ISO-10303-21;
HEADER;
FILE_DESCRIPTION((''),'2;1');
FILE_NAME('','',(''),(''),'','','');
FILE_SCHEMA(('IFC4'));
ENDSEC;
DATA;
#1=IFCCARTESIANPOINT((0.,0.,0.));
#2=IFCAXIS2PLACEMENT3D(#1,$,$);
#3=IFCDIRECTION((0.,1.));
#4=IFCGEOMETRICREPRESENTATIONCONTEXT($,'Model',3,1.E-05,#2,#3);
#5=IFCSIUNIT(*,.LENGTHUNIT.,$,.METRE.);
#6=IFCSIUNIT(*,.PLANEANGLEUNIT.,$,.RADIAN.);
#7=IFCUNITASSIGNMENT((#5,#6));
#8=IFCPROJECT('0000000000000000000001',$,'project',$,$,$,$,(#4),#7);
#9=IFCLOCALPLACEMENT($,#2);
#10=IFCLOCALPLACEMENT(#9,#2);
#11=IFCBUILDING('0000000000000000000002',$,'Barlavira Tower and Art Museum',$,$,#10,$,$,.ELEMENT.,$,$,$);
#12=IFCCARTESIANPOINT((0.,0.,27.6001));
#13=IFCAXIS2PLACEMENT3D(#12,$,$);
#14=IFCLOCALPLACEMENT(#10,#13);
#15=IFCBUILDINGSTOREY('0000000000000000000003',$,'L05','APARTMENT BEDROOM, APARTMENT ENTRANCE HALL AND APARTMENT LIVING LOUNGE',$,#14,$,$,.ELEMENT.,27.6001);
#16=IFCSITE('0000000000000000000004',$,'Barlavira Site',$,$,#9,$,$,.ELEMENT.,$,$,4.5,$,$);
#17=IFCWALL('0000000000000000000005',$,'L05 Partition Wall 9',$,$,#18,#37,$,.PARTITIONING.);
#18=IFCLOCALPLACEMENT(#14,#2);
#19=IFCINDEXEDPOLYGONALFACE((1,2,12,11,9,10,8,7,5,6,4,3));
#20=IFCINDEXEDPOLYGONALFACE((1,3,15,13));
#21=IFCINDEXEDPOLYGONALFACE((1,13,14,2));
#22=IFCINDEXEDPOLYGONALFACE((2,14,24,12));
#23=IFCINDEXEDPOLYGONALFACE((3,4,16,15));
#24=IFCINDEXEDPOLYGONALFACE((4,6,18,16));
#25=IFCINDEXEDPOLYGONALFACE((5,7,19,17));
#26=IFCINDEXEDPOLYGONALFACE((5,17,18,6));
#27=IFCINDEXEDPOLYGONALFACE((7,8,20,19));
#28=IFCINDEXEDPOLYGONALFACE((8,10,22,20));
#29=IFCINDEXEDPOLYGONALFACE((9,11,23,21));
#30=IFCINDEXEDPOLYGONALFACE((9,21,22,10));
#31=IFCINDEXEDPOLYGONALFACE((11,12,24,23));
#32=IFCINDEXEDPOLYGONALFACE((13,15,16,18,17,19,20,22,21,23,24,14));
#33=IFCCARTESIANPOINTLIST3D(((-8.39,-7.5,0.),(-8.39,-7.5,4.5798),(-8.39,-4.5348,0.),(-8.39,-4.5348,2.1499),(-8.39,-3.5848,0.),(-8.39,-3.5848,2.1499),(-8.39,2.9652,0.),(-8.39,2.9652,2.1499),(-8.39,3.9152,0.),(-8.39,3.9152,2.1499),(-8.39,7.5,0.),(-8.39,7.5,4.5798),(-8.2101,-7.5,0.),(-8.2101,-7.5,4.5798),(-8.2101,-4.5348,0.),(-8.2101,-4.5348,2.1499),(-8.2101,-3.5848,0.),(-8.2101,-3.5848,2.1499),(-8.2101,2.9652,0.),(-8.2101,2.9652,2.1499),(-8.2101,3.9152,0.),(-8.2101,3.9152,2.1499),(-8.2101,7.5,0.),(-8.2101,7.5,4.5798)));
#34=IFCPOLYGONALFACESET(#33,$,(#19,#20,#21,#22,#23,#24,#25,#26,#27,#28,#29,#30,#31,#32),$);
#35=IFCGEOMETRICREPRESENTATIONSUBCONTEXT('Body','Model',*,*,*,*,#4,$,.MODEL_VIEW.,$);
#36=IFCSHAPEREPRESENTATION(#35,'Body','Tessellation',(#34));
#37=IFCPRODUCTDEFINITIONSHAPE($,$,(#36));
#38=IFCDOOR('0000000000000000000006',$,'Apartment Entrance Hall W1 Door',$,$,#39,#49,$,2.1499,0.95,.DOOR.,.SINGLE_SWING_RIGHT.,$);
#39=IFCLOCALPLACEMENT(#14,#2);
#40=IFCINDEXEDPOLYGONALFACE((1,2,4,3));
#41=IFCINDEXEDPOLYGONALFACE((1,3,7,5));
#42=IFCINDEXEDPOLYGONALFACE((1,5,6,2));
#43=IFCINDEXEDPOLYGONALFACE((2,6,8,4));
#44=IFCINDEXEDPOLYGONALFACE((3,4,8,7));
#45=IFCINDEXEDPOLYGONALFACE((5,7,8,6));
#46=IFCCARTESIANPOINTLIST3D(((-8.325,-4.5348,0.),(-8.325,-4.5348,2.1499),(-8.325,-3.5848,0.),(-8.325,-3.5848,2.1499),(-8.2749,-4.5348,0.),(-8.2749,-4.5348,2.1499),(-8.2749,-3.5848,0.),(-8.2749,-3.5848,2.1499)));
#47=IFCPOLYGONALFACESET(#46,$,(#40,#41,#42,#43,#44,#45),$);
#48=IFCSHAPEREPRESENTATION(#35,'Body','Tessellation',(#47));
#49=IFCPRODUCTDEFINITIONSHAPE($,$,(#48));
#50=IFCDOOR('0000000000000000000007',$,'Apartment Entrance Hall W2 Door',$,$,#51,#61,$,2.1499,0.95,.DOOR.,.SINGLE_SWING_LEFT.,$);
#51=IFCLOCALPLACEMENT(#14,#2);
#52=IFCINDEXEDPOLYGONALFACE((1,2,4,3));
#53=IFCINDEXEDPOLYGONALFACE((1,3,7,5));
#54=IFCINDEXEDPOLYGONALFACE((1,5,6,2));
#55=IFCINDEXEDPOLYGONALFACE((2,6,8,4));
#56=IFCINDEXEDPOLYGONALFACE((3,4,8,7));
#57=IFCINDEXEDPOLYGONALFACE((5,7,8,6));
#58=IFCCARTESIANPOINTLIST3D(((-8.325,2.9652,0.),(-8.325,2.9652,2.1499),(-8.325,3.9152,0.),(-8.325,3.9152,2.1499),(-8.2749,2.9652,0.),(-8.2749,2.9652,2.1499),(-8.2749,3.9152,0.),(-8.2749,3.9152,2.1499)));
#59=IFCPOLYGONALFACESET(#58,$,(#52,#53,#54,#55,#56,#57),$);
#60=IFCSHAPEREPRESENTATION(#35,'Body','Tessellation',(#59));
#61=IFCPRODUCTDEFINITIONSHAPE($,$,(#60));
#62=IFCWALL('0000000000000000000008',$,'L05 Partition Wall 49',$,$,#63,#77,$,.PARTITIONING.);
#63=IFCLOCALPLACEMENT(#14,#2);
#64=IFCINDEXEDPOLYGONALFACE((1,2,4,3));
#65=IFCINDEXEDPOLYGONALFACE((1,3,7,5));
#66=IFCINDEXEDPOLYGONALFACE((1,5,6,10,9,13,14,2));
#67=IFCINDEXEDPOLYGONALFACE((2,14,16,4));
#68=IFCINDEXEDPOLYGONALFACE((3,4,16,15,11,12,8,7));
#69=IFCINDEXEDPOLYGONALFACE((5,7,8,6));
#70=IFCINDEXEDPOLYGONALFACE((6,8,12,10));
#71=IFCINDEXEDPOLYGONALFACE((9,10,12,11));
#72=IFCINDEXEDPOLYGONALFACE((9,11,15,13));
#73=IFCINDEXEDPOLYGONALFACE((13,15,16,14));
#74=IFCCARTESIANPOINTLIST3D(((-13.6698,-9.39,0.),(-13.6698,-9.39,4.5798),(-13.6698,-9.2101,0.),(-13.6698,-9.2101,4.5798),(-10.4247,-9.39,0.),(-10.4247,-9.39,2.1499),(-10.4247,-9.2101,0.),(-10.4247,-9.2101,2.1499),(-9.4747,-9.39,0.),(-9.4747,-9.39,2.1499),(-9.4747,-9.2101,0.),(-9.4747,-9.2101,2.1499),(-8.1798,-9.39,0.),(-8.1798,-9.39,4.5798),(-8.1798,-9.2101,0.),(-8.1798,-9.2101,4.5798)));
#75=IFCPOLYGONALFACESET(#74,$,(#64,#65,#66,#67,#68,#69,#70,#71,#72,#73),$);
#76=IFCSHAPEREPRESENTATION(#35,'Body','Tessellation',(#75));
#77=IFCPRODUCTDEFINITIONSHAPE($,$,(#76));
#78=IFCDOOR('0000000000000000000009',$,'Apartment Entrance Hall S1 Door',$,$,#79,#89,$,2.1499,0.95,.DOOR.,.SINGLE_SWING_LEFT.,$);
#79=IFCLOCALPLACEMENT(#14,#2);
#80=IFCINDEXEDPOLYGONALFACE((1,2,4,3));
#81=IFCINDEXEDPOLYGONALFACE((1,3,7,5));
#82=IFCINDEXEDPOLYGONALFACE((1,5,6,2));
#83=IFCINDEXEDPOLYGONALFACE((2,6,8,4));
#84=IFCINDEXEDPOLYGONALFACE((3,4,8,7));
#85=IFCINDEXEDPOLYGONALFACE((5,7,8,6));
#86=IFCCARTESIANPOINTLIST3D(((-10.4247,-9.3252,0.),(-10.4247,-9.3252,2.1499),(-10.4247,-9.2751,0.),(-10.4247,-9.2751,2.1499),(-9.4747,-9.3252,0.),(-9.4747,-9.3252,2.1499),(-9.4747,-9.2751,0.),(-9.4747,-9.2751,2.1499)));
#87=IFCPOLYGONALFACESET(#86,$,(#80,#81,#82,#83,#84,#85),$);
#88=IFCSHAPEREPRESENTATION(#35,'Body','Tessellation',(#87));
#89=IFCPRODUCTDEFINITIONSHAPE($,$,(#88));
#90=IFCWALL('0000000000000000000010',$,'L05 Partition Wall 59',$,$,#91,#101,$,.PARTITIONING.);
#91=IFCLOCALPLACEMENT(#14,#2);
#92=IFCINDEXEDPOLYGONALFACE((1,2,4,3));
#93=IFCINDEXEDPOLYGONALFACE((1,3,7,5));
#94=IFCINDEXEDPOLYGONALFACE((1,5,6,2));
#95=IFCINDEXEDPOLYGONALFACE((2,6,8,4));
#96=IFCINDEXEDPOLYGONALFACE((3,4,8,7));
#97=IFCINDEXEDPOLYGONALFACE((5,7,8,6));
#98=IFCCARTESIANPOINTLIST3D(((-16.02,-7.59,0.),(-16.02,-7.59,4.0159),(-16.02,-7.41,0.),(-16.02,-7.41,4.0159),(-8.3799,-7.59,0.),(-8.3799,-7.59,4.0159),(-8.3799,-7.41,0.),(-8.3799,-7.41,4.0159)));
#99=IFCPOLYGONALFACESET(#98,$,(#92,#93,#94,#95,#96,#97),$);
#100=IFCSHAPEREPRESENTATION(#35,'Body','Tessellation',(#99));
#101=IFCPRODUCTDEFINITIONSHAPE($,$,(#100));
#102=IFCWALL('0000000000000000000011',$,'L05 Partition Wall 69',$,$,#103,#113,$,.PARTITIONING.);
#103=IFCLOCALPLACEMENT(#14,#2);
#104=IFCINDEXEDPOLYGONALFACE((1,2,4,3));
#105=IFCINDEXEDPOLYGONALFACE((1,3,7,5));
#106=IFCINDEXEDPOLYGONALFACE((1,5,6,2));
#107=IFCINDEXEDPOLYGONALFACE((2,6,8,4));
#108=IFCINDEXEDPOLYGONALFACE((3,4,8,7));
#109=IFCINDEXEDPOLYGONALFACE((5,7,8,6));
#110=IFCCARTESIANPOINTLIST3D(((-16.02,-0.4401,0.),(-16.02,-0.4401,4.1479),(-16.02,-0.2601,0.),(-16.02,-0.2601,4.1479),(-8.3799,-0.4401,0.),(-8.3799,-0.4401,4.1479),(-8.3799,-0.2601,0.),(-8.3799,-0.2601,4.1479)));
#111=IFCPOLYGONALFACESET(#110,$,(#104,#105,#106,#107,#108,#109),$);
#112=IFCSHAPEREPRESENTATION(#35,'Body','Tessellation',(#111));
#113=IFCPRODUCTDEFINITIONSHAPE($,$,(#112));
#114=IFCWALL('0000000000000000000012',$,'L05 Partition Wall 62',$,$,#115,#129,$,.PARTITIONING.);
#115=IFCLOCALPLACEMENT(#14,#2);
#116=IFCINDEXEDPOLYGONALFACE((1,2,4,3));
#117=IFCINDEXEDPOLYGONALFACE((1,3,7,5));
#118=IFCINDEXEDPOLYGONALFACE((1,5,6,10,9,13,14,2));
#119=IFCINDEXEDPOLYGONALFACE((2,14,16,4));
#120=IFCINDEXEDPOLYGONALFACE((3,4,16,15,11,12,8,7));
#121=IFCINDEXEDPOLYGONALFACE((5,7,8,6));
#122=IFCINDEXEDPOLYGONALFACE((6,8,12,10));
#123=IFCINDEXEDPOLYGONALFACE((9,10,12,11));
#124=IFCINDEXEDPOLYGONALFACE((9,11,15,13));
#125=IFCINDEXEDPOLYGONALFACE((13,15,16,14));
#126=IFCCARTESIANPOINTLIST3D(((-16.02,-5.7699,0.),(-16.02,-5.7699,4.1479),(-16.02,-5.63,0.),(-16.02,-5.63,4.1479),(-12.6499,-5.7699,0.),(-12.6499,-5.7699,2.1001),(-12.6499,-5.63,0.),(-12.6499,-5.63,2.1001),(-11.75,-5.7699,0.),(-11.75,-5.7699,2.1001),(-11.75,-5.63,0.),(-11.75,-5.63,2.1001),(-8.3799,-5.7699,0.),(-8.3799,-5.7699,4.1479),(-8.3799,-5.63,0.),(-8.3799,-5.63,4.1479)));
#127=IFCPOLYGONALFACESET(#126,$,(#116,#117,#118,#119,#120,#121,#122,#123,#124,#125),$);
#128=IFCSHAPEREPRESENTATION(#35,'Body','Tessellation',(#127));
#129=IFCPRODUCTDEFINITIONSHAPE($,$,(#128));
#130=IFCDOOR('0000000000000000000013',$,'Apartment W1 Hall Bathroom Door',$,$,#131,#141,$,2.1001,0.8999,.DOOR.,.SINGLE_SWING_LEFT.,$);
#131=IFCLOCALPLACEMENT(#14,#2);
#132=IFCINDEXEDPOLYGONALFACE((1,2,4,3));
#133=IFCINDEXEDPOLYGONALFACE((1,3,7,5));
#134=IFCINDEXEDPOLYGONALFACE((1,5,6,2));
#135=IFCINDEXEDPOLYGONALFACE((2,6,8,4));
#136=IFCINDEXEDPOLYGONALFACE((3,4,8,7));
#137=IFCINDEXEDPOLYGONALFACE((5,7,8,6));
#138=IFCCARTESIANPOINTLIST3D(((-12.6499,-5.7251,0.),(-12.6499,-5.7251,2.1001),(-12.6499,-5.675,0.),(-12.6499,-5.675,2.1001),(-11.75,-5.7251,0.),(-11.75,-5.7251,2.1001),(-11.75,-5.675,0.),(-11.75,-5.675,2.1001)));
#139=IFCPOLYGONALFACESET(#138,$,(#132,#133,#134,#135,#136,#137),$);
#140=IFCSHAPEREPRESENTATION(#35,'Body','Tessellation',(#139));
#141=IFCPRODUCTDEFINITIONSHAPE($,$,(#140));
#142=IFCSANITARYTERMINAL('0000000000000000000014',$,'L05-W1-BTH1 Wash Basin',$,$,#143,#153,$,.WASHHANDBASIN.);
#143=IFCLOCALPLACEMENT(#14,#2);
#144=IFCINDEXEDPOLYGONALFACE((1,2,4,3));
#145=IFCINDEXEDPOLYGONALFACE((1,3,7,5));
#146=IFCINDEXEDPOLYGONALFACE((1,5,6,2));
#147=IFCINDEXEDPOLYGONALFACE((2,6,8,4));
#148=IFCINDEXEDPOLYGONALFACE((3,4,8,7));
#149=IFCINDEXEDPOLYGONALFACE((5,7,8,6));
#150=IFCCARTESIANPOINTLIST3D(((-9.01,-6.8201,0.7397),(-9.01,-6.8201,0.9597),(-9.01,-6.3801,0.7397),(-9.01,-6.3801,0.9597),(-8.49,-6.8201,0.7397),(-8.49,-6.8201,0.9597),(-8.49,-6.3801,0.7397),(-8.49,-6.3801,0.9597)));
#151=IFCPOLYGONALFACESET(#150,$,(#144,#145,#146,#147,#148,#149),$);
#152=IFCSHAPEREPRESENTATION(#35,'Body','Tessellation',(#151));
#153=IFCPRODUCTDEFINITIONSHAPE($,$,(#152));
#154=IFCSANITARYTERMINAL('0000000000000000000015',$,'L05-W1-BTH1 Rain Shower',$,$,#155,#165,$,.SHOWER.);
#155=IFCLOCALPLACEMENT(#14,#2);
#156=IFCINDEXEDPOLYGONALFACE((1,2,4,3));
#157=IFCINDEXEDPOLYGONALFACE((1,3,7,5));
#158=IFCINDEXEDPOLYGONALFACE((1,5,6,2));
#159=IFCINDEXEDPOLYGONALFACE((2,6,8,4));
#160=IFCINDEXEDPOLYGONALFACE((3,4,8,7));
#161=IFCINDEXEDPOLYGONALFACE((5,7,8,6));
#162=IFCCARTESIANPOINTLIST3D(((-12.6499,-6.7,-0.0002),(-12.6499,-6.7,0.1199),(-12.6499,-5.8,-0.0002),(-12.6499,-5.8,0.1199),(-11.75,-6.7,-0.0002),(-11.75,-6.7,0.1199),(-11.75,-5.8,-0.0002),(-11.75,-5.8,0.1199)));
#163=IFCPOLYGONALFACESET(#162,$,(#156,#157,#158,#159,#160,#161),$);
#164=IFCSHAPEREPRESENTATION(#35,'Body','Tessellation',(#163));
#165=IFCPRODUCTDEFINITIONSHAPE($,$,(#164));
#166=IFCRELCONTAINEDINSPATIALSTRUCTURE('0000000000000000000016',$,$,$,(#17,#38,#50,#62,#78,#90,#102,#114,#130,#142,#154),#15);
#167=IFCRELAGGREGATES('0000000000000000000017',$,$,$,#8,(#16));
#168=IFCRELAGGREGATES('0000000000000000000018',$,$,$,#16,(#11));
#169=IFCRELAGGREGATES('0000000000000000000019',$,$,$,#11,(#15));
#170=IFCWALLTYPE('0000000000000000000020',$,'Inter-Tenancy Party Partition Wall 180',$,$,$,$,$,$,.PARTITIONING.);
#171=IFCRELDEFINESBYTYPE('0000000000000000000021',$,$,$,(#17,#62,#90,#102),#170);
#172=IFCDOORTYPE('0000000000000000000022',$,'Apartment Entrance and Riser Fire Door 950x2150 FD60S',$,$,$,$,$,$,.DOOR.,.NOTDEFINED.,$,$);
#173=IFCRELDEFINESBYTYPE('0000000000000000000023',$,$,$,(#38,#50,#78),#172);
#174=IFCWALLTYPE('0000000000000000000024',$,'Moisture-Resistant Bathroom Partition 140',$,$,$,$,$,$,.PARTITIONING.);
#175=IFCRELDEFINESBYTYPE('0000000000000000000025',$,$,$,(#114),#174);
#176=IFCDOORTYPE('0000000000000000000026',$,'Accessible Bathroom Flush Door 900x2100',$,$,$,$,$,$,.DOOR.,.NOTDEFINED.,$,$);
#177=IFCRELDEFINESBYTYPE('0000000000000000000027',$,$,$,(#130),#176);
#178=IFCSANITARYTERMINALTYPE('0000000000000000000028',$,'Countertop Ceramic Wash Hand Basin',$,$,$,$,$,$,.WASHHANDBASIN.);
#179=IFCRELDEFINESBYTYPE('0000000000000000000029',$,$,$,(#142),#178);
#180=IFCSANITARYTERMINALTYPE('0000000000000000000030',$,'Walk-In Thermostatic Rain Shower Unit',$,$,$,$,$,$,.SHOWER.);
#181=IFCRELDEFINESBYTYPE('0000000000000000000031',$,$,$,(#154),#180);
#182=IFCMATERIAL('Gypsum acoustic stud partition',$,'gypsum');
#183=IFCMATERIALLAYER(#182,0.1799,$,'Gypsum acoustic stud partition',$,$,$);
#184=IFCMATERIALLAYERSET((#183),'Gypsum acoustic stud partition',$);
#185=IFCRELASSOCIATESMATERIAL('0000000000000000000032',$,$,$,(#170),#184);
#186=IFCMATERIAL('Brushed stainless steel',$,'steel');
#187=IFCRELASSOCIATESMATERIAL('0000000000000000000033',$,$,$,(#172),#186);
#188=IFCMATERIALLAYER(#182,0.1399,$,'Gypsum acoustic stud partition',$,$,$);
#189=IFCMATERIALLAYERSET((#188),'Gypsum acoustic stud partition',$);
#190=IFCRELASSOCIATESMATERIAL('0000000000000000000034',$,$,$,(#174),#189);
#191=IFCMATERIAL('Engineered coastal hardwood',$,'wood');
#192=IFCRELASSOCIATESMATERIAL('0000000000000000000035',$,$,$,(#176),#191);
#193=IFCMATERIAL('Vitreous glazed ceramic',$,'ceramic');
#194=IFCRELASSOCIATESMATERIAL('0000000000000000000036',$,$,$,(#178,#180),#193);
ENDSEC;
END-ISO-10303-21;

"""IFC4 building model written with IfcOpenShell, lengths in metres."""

from ifc_helpers import new_model, si_unit, direction, frame, frame_2d, origin, origin_2d, place, context, subcontext, project, spatial, rectangle, extrude, material, layer, layer_set, type_object, element, fill, save


model = new_model("IFC4")

# Units and contexts
model_context = context("Model", 3, precision=1e-05, world=origin(), true_north=direction((0.0, 1.0)))
body_context = subcontext(model_context, "Body", "Model", "MODEL_VIEW")
ifc_project = project(units=[si_unit("LENGTHUNIT", "METRE"), si_unit("PLANEANGLEUNIT", "RADIAN")], contexts=[model_context])

# Site, building, storey
site_placement = place(None, origin())
site = spatial("IfcSite", under=ifc_project, at=site_placement, Name="Barlavira Site", CompositionType="ELEMENT", RefElevation=4.5)
building_placement = place(site_placement, origin())
building = spatial("IfcBuilding", under=site, at=building_placement, Name="Barlavira Tower and Art Museum", CompositionType="ELEMENT")
storey_placement = place(building_placement, frame((0.0, 0.0, 27.6001)))
storey = spatial("IfcBuildingStorey", under=building, at=storey_placement, Name="L05", Description="APARTMENT BEDROOM, APARTMENT ENTRANCE HALL AND APARTMENT LIVING LOUNGE", CompositionType="ELEMENT", Elevation=27.6001)

# Shared definitions
ifc_material_1 = material(Name="Gypsum acoustic stud partition", Category="gypsum")
ifc_material_2 = material(Name="Engineered coastal hardwood", Category="wood")

# Wall, openings, doors
ifc_layer_1 = layer(ifc_material_1, 0.1799, Name="Gypsum acoustic stud partition")
ifc_layer_set_1 = layer_set([ifc_layer_1], Name="Gypsum acoustic stud partition")
wall_type_1 = type_object("IfcWallType", Name="Inter-Tenancy Party Partition Wall 180", PredefinedType="PARTITIONING", material=ifc_layer_set_1)
wall_1_placement = place(storey_placement, frame((-8.3, -7.5, 0.0), z_axis=(0.0, 0.0, 1.0), x_axis=(0.0, 1.0, 0.0)))
wall_1 = element("IfcWall", 1, at=wall_1_placement, inside=storey, type_object=wall_type_1, Name="L05 Partition Wall 9", PredefinedType="PARTITIONING", context=body_context, shape_type="SweptSolid", body=[
    extrude(rectangle(XDim=15.0, YDim=0.1799, at=frame_2d((7.5, 0.0))), origin(), (0.0, 0.0, 1.0), 4.5798),
])
opening_1_placement = place(wall_1_placement, frame((2.9651, 0.0, 0.0)))
opening_1 = element("IfcOpeningElement", 2, at=opening_1_placement, cuts=wall_1, PredefinedType="OPENING", context=body_context, shape_type="SweptSolid", body=[
    extrude(rectangle(XDim=0.95, YDim=2.1499, at=frame_2d((0.4751, 1.075))), frame((0.0, 0.1001, 0.0), z_axis=(0.0, -1.0, 0.0), x_axis=(1.0, 0.0, 0.0)), (0.0, 0.0, 1.0), 0.2),
])
opening_2_placement = place(wall_1_placement, frame((10.4651, 0.0, 0.0)))
opening_2 = element("IfcOpeningElement", 3, at=opening_2_placement, cuts=wall_1, PredefinedType="OPENING", context=body_context, shape_type="SweptSolid", body=[
    extrude(rectangle(XDim=0.95, YDim=2.1499, at=frame_2d((0.4751, 1.075))), frame((0.0, 0.1001, 0.0), z_axis=(0.0, -1.0, 0.0), x_axis=(1.0, 0.0, 0.0)), (0.0, 0.0, 1.0), 0.2),
])
ifc_material_3 = material(Name="Brushed stainless steel", Category="steel")
door_type_1 = type_object("IfcDoorType", Name="Apartment Entrance and Riser Fire Door 950x2150 FD60S", OperationType="NOTDEFINED", PredefinedType="DOOR", material=ifc_material_3)
door_1_placement = place(opening_1_placement, origin())
door_1 = element("IfcDoor", 4, at=door_1_placement, inside=storey, type_object=door_type_1, Name="Apartment Entrance Hall W1 Door", OperationType="SINGLE_SWING_RIGHT", OverallHeight=2.1499, OverallWidth=0.95, PredefinedType="DOOR", context=body_context, shape_type="SweptSolid", body=[
    extrude(rectangle(XDim=0.95, YDim=2.1499, at=frame_2d((0.4751, 1.075))), frame((0.0, 0.0249, 0.0), z_axis=(0.0, -1.0, 0.0), x_axis=(1.0, 0.0, 0.0)), (0.0, 0.0, 1.0), 0.05),
])
fill(opening_1, door_1)
door_2_placement = place(opening_2_placement, origin())
door_2 = element("IfcDoor", 5, at=door_2_placement, inside=storey, type_object=door_type_1, Name="Apartment Entrance Hall W2 Door", OperationType="SINGLE_SWING_LEFT", OverallHeight=2.1499, OverallWidth=0.95, PredefinedType="DOOR", context=body_context, shape_type="SweptSolid", body=[
    extrude(rectangle(XDim=0.95, YDim=2.1499, at=frame_2d((0.4751, 1.075))), frame((0.0, 0.0249, 0.0), z_axis=(0.0, -1.0, 0.0), x_axis=(1.0, 0.0, 0.0)), (0.0, 0.0, 1.0), 0.05),
])
fill(opening_2, door_2)

# Wall, opening, door
wall_2_placement = place(storey_placement, frame((-13.6699, -9.3, 0.0), z_axis=(0.0, 0.0, 1.0), x_axis=(1.0, 0.0, 0.0)))
wall_2 = element("IfcWall", 6, at=wall_2_placement, inside=storey, type_object=wall_type_1, Name="L05 Partition Wall 49", PredefinedType="PARTITIONING", context=body_context, shape_type="SweptSolid", body=[
    extrude(rectangle(XDim=5.49, YDim=0.1799, at=frame_2d((2.7451, 0.0))), origin(), (0.0, 0.0, 1.0), 4.5798),
])
opening_3_placement = place(wall_2_placement, frame((3.2451, 0.0, 0.0)))
opening_3 = element("IfcOpeningElement", 7, at=opening_3_placement, cuts=wall_2, PredefinedType="OPENING", context=body_context, shape_type="SweptSolid", body=[
    extrude(rectangle(XDim=0.95, YDim=2.1499, at=frame_2d((0.4751, 1.075))), frame((0.0, 0.1001, 0.0), z_axis=(0.0, -1.0, 0.0), x_axis=(1.0, 0.0, 0.0)), (0.0, 0.0, 1.0), 0.2),
])
door_3_placement = place(opening_3_placement, origin())
door_3 = element("IfcDoor", 8, at=door_3_placement, inside=storey, type_object=door_type_1, Name="Apartment Entrance Hall S1 Door", OperationType="SINGLE_SWING_LEFT", OverallHeight=2.1499, OverallWidth=0.95, PredefinedType="DOOR", context=body_context, shape_type="SweptSolid", body=[
    extrude(rectangle(XDim=0.95, YDim=2.1499, at=frame_2d((0.4751, 1.075))), frame((0.0, 0.0249, 0.0), z_axis=(0.0, -1.0, 0.0), x_axis=(1.0, 0.0, 0.0)), (0.0, 0.0, 1.0), 0.05),
])
fill(opening_3, door_3)

# Walls
wall_3_placement = place(storey_placement, frame((-16.02, -7.5, 0.0), z_axis=(0.0, 0.0, 1.0), x_axis=(1.0, 0.0, 0.0)))
element("IfcWall", 9, at=wall_3_placement, inside=storey, type_object=wall_type_1, Name="L05 Partition Wall 59", PredefinedType="PARTITIONING", context=body_context, shape_type="SweptSolid", body=[
    extrude(rectangle(XDim=7.6401, YDim=0.1799, at=frame_2d((3.8201, 0.0))), origin(), (0.0, 0.0, 1.0), 4.0159),
])
wall_4_placement = place(storey_placement, frame((-16.02, -0.3501, 0.0), z_axis=(0.0, 0.0, 1.0), x_axis=(1.0, 0.0, 0.0)))
element("IfcWall", 10, at=wall_4_placement, inside=storey, type_object=wall_type_1, Name="L05 Partition Wall 69", PredefinedType="PARTITIONING", context=body_context, shape_type="SweptSolid", body=[
    extrude(rectangle(XDim=7.6401, YDim=0.1799, at=frame_2d((3.8201, 0.0))), origin(), (0.0, 0.0, 1.0), 4.1479),
])

# Wall, opening, door
ifc_layer_2 = layer(ifc_material_1, 0.1399, Name="Gypsum acoustic stud partition")
ifc_layer_set_2 = layer_set([ifc_layer_2], Name="Gypsum acoustic stud partition")
wall_type_2 = type_object("IfcWallType", Name="Moisture-Resistant Bathroom Partition 140", PredefinedType="PARTITIONING", material=ifc_layer_set_2)
wall_5_placement = place(storey_placement, frame((-16.02, -5.7, 0.0), z_axis=(0.0, 0.0, 1.0), x_axis=(1.0, 0.0, 0.0)))
wall_5 = element("IfcWall", 11, at=wall_5_placement, inside=storey, type_object=wall_type_2, Name="L05 Partition Wall 62", PredefinedType="PARTITIONING", context=body_context, shape_type="SweptSolid", body=[
    extrude(rectangle(XDim=7.6401, YDim=0.1399, at=frame_2d((3.8201, 0.0))), origin(), (0.0, 0.0, 1.0), 4.1479),
])
opening_4_placement = place(wall_5_placement, frame((3.3701, 0.0, 0.0)))
opening_4 = element("IfcOpeningElement", 12, at=opening_4_placement, cuts=wall_5, PredefinedType="OPENING", context=body_context, shape_type="SweptSolid", body=[
    extrude(rectangle(XDim=0.8999, YDim=2.1001, at=frame_2d((0.45, 1.05))), frame((0.0, 0.0801, 0.0), z_axis=(0.0, -1.0, 0.0), x_axis=(1.0, 0.0, 0.0)), (0.0, 0.0, 1.0), 0.1599),
])
door_type_2 = type_object("IfcDoorType", Name="Accessible Bathroom Flush Door 900x2100", OperationType="NOTDEFINED", PredefinedType="DOOR", material=ifc_material_2)
door_4_placement = place(opening_4_placement, origin())
door_4 = element("IfcDoor", 13, at=door_4_placement, inside=storey, type_object=door_type_2, Name="Apartment W1 Hall Bathroom Door", OperationType="SINGLE_SWING_LEFT", OverallHeight=2.1001, OverallWidth=0.8999, PredefinedType="DOOR", context=body_context, shape_type="SweptSolid", body=[
    extrude(rectangle(XDim=0.8999, YDim=2.1001, at=frame_2d((0.45, 1.05))), frame((0.0, 0.0249, 0.0), z_axis=(0.0, -1.0, 0.0), x_axis=(1.0, 0.0, 0.0)), (0.0, 0.0, 1.0), 0.05),
])
fill(opening_4, door_4)

# Sanitary terminals
ifc_material_4 = material(Name="Vitreous glazed ceramic", Category="ceramic")
sanitary_terminal_type_1 = type_object("IfcSanitaryTerminalType", Name="Countertop Ceramic Wash Hand Basin", PredefinedType="WASHHANDBASIN", material=ifc_material_4)
sanitary_terminal_1_placement = place(storey_placement, frame((-8.75, -6.6001, 0.7397), z_axis=(0.0, 0.0, 1.0), x_axis=(1.0, 0.0, 0.0)))
element("IfcSanitaryTerminal", 14, at=sanitary_terminal_1_placement, inside=storey, type_object=sanitary_terminal_type_1, Name="L05-W1-BTH1 Wash Basin", PredefinedType="WASHHANDBASIN", context=body_context, shape_type="SweptSolid", body=[
    extrude(rectangle(XDim=0.52, YDim=0.4399, at=origin_2d()), origin(), (0.0, 0.0, 1.0), 0.22),
])
sanitary_terminal_type_2 = type_object("IfcSanitaryTerminalType", Name="Walk-In Thermostatic Rain Shower Unit", PredefinedType="SHOWER", material=ifc_material_4)
sanitary_terminal_2_placement = place(storey_placement, frame((-12.2, -6.25, -0.0002), z_axis=(0.0, 0.0, 1.0), x_axis=(1.0, 0.0, 0.0)))
element("IfcSanitaryTerminal", 15, at=sanitary_terminal_2_placement, inside=storey, type_object=sanitary_terminal_type_2, Name="L05-W1-BTH1 Rain Shower", PredefinedType="SHOWER", context=body_context, shape_type="SweptSolid", body=[
    extrude(rectangle(XDim=0.8999, YDim=0.8999, at=origin_2d()), origin(), (0.0, 0.0, 1.0), 0.1201),
])

save(model, "model.ifc")
